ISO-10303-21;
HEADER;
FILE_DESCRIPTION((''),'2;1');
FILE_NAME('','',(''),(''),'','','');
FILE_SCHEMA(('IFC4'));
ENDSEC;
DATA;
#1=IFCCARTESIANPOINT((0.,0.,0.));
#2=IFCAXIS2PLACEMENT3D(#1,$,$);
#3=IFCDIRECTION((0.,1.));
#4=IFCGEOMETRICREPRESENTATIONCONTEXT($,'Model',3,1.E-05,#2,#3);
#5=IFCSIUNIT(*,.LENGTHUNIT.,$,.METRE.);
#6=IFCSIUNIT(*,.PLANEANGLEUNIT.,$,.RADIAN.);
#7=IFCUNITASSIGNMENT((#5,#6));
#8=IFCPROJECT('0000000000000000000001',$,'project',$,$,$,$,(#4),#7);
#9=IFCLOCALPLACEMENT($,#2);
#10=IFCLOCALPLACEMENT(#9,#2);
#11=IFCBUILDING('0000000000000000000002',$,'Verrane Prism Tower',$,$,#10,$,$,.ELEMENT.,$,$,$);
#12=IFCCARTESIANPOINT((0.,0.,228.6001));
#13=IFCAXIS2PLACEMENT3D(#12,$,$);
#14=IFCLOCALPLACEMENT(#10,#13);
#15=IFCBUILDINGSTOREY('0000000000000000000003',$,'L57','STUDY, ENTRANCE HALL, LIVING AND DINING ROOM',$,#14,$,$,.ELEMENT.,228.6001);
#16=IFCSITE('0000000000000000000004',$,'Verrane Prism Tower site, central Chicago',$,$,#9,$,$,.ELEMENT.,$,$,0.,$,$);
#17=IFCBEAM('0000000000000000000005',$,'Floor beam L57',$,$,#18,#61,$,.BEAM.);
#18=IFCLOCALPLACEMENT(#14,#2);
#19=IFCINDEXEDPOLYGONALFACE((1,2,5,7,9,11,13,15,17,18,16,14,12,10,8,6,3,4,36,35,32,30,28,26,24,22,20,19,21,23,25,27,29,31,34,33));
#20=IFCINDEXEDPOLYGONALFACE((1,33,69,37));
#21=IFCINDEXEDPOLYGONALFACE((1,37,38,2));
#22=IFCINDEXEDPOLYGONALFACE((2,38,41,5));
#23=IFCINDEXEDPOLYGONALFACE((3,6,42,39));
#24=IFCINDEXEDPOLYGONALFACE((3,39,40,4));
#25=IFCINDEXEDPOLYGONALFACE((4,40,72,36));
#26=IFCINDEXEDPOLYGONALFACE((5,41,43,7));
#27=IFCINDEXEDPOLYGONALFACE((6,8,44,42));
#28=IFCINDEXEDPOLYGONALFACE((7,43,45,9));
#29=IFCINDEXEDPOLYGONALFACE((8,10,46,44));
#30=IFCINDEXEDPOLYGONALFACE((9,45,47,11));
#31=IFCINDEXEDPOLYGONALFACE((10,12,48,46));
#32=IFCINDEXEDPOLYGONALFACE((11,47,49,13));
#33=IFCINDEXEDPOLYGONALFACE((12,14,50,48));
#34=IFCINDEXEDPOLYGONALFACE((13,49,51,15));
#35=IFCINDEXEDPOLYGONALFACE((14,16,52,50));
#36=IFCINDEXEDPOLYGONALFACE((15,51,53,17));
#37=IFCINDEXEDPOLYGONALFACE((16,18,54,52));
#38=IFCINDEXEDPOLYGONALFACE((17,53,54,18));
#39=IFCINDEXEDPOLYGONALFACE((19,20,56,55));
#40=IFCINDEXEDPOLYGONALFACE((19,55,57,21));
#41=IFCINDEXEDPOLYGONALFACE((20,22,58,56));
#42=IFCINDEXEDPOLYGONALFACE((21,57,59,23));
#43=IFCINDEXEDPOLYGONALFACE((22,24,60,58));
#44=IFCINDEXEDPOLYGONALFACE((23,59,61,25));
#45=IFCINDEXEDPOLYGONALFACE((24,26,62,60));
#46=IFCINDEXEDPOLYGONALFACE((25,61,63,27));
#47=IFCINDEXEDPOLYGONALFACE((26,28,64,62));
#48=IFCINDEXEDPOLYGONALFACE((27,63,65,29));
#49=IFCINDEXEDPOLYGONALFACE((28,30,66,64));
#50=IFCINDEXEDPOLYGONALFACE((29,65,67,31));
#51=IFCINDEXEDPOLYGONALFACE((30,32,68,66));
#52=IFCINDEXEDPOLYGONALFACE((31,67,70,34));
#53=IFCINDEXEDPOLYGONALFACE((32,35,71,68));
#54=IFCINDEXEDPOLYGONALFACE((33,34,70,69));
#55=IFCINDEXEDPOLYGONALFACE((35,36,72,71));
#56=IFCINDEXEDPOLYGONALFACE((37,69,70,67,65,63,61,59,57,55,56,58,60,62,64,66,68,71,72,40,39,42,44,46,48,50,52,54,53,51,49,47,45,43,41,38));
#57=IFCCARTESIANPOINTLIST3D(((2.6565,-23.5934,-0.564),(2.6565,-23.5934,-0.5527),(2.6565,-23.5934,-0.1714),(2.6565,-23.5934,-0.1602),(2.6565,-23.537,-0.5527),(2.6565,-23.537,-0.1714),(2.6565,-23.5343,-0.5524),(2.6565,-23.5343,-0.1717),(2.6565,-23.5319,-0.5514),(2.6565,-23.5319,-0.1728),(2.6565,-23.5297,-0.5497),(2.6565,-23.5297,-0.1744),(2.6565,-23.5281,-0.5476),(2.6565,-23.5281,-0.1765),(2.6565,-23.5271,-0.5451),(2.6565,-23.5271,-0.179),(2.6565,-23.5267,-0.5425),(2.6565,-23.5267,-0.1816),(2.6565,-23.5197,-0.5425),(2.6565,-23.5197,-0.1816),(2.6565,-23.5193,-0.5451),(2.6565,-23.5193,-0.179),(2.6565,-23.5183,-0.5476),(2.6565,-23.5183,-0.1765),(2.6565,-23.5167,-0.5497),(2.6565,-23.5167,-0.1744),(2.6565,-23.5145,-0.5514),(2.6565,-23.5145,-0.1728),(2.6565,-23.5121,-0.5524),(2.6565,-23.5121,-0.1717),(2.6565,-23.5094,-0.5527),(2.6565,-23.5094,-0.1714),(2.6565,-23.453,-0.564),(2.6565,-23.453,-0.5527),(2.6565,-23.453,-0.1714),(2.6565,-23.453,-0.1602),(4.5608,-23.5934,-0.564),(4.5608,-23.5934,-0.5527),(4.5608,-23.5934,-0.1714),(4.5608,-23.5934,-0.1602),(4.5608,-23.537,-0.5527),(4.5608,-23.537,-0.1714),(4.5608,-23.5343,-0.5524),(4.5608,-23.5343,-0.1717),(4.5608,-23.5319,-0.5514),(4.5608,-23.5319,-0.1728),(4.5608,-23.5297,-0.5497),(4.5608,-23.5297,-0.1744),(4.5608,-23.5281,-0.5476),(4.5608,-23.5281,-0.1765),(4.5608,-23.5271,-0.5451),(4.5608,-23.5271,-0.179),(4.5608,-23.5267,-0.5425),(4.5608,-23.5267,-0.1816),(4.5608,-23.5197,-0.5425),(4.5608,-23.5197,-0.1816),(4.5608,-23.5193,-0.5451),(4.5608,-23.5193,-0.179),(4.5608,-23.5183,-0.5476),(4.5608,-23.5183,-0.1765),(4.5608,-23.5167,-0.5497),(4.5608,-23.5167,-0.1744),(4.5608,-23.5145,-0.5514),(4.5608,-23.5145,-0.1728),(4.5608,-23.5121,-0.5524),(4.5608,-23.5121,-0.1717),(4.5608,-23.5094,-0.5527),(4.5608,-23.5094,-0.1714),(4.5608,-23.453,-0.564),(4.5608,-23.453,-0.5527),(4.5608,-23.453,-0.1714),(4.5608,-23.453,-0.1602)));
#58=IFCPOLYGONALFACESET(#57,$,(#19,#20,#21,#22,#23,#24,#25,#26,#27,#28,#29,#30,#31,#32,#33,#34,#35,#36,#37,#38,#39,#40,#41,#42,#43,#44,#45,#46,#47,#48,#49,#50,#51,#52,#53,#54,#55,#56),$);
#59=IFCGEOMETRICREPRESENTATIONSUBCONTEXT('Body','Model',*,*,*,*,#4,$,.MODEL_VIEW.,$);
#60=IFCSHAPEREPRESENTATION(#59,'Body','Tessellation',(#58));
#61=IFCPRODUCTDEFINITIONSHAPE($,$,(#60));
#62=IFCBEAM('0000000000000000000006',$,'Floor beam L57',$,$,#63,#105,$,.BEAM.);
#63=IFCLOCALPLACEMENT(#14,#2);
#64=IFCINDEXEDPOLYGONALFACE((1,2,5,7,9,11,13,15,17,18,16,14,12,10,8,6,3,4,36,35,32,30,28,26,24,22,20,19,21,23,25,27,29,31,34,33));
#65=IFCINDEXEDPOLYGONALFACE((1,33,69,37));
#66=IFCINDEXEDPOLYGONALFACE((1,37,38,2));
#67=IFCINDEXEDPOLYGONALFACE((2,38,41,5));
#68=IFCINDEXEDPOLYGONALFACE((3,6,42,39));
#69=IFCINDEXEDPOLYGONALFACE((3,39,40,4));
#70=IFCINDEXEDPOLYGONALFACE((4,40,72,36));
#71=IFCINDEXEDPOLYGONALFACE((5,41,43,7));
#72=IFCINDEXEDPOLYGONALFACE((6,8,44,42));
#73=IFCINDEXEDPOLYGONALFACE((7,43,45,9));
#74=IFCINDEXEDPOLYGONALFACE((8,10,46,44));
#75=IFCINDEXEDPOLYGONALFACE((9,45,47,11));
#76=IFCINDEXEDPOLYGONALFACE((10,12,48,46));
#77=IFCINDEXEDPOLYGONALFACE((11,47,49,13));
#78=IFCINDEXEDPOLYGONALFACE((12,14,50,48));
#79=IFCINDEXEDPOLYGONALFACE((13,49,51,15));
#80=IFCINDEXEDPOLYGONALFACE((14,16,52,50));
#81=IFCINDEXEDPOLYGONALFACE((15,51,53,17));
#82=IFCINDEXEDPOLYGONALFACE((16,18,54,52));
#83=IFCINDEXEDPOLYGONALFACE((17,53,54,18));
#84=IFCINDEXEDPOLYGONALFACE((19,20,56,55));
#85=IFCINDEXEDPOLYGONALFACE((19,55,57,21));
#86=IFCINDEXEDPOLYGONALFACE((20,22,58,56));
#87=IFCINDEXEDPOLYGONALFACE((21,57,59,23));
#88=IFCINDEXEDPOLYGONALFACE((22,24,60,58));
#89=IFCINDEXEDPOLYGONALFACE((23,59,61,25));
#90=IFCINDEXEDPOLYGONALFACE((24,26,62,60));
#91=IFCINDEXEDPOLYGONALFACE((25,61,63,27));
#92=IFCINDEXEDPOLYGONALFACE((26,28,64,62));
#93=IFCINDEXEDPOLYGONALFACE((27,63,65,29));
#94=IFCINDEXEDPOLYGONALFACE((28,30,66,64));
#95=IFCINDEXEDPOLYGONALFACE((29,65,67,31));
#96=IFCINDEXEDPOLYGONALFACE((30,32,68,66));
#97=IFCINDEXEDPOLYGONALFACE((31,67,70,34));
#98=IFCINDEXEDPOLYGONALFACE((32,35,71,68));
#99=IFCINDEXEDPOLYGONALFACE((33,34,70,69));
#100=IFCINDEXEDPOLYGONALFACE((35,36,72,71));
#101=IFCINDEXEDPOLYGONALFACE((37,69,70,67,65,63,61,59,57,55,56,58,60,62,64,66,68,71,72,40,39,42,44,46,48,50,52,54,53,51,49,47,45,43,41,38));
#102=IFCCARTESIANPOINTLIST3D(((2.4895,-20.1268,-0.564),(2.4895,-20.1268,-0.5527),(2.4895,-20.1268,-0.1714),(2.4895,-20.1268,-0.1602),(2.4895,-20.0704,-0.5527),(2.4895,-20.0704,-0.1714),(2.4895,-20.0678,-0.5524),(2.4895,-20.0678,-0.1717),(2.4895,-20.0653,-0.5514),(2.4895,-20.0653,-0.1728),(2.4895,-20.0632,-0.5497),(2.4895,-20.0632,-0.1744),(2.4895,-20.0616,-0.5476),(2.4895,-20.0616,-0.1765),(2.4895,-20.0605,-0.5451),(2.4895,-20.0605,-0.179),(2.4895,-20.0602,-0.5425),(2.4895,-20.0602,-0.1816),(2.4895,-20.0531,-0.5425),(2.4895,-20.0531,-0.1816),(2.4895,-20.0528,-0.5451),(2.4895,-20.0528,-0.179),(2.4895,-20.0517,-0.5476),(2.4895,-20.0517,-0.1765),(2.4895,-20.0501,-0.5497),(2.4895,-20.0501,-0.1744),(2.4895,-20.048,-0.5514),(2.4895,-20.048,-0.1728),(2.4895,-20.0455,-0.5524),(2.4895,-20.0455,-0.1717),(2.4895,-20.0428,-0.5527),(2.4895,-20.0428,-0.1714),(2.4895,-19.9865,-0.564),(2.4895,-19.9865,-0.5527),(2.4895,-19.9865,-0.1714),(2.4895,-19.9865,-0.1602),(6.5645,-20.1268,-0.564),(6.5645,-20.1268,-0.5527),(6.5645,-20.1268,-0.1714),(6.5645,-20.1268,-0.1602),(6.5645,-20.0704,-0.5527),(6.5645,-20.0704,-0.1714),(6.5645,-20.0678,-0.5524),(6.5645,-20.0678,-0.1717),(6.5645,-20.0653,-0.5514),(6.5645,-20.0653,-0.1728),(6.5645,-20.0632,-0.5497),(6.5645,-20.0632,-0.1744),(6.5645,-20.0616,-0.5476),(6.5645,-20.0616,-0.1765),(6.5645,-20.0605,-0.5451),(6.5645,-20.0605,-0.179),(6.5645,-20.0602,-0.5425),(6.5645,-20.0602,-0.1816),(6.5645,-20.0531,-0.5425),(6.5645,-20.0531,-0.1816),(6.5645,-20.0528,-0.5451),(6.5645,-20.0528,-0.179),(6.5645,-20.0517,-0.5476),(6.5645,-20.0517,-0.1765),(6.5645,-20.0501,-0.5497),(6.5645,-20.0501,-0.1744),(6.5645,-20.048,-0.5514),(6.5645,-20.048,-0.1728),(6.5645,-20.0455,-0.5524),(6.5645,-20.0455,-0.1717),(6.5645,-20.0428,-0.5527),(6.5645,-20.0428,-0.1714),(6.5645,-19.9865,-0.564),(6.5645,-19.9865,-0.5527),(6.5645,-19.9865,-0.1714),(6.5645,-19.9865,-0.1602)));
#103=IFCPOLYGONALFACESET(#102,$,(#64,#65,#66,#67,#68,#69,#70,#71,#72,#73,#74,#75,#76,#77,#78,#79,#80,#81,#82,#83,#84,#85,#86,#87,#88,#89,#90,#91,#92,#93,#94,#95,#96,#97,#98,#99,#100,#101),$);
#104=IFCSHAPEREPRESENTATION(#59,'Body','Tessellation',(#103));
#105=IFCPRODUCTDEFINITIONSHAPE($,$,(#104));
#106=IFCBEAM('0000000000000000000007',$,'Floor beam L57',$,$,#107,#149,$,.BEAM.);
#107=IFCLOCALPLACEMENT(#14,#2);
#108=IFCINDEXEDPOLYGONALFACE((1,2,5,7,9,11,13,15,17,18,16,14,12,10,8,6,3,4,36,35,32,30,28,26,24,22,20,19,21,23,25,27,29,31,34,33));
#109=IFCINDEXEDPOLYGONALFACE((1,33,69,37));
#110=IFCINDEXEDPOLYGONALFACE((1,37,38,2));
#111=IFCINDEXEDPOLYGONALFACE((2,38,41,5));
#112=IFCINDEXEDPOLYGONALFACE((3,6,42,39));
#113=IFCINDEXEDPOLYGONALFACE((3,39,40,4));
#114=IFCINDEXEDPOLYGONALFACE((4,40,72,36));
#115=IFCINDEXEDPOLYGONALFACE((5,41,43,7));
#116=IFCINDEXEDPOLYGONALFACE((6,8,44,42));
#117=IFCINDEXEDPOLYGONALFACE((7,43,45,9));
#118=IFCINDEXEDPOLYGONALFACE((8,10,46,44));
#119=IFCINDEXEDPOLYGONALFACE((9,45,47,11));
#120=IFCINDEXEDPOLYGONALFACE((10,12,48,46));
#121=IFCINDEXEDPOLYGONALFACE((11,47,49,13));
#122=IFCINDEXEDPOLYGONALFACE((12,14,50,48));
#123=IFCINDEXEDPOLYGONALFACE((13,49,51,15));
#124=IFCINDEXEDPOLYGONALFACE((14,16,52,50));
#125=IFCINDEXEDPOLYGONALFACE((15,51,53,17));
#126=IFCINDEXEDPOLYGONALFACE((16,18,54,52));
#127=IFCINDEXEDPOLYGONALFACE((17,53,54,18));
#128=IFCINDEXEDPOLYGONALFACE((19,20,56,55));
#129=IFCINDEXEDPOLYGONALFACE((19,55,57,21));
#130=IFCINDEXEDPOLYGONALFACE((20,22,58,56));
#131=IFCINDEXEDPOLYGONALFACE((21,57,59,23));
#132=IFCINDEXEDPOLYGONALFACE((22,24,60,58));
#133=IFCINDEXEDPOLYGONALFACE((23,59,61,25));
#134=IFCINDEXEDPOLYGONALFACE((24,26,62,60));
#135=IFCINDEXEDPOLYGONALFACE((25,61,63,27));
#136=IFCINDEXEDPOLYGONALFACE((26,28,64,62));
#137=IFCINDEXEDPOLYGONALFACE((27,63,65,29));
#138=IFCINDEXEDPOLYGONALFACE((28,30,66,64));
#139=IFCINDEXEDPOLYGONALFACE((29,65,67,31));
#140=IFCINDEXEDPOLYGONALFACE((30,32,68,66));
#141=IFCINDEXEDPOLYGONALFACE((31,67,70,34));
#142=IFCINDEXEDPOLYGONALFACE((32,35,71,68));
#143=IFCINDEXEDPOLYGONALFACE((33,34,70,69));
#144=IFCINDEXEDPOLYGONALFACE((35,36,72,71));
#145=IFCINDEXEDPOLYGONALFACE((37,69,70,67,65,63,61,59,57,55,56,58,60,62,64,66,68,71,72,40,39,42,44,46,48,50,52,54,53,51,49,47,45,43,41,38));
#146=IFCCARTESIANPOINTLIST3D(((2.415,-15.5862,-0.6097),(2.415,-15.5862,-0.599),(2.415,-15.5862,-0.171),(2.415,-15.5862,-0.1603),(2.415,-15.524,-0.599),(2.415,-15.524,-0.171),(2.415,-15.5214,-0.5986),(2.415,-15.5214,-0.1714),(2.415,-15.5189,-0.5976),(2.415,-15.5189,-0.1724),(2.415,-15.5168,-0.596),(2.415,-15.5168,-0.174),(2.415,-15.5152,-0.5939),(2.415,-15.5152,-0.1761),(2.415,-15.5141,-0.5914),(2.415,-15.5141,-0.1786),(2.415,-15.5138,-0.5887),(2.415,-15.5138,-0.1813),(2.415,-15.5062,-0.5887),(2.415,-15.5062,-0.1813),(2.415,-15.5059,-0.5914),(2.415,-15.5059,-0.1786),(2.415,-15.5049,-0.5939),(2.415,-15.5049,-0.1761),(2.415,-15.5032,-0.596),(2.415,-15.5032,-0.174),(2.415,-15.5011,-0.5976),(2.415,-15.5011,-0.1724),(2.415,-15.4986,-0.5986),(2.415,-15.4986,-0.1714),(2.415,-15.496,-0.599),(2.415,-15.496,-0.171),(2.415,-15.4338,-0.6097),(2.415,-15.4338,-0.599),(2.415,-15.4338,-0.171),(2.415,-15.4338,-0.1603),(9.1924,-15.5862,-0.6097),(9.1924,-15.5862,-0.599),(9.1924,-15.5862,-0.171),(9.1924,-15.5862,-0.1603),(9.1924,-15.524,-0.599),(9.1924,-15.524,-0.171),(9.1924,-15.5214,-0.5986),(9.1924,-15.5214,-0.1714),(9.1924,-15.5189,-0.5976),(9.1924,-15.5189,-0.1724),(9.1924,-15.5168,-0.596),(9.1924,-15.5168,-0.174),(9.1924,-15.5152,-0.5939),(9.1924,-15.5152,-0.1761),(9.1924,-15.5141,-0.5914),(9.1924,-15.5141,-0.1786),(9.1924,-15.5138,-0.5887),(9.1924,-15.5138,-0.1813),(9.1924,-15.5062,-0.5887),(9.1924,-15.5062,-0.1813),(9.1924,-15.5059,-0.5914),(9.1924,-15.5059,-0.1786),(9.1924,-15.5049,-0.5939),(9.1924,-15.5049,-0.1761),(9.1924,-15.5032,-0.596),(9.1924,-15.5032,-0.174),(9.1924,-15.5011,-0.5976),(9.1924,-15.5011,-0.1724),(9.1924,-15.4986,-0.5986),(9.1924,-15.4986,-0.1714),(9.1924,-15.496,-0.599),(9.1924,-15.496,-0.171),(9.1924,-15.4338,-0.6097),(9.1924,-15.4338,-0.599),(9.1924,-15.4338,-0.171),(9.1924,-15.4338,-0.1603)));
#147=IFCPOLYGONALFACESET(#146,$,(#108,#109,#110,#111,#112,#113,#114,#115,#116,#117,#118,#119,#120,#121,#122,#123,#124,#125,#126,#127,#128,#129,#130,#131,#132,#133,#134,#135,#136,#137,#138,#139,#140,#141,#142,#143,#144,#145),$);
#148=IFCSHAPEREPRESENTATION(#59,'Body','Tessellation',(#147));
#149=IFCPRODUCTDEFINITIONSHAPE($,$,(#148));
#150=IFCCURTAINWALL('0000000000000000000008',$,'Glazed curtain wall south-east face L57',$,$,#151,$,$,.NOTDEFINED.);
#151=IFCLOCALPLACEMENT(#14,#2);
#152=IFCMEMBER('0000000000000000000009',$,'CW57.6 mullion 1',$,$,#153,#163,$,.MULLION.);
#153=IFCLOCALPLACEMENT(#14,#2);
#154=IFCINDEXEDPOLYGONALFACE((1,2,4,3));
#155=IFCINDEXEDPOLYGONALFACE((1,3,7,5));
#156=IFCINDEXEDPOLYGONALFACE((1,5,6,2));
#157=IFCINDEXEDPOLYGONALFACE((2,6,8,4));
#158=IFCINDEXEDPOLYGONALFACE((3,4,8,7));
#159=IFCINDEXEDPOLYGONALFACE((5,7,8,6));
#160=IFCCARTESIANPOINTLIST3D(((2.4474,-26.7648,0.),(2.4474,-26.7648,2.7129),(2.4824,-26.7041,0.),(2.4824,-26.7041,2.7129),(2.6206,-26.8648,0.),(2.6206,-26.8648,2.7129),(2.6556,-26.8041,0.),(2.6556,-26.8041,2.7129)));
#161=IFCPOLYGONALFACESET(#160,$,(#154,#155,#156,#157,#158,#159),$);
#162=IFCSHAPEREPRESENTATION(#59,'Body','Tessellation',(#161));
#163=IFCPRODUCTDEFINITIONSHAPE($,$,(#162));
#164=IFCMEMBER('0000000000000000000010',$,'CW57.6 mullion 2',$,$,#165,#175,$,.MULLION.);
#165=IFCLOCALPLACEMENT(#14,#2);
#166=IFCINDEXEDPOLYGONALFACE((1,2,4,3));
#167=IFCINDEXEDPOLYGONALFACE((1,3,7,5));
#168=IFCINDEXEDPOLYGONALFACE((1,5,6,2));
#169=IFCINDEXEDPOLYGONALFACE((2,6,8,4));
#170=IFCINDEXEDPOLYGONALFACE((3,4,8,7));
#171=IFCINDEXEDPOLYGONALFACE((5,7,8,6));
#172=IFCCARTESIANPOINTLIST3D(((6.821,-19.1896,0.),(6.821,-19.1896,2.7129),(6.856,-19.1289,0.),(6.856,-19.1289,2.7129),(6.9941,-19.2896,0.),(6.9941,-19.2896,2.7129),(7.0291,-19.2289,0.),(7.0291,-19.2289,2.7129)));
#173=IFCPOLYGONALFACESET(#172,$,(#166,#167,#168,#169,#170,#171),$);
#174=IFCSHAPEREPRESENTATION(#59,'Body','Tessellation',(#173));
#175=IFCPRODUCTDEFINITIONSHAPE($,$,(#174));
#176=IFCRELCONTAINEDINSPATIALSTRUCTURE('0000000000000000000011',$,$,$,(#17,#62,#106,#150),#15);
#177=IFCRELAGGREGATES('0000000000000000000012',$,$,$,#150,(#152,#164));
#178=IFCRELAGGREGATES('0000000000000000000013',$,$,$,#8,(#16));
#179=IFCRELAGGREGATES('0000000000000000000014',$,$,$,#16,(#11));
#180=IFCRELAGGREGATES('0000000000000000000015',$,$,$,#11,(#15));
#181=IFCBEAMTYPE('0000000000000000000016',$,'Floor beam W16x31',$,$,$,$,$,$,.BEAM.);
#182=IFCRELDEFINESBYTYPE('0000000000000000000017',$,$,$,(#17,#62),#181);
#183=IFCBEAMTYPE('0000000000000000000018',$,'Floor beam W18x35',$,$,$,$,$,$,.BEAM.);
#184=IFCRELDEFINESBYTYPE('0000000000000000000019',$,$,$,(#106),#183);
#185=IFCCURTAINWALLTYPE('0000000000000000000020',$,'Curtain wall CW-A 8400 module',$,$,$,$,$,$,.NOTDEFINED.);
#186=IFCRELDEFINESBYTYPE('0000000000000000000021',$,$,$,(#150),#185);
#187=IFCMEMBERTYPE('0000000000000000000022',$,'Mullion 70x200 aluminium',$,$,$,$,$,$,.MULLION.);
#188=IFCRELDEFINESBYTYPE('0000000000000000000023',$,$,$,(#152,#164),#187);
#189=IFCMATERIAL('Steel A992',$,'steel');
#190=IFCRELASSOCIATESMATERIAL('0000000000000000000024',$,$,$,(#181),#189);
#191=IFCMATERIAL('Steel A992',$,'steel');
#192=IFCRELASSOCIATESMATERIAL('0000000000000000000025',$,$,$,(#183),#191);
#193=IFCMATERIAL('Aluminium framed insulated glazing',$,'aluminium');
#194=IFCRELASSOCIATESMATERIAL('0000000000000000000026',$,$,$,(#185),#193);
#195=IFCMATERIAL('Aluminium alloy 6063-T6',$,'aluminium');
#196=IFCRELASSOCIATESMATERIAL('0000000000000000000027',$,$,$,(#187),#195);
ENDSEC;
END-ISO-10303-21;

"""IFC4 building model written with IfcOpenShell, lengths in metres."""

from ifc_helpers import new_model, si_unit, direction, frame, origin, origin_2d, place, context, subcontext, project, spatial, rectangle, i_section, extrude, material, material_profile, profile_set, type_object, element, aggregate, save


model = new_model("IFC4")

# Units and contexts
model_context = context("Model", 3, precision=1e-05, world=origin(), true_north=direction((0.0, 1.0)))
body_context = subcontext(model_context, "Body", "Model", "MODEL_VIEW")
ifc_project = project(units=[si_unit("LENGTHUNIT", "METRE"), si_unit("PLANEANGLEUNIT", "RADIAN")], contexts=[model_context])

# Site, building, storey
site_placement = place(None, origin())
site = spatial("IfcSite", under=ifc_project, at=site_placement, Name="Verrane Prism Tower site, central Chicago", CompositionType="ELEMENT", RefElevation=0.0)
building_placement = place(site_placement, origin())
building = spatial("IfcBuilding", under=site, at=building_placement, Name="Verrane Prism Tower", CompositionType="ELEMENT")
storey_placement = place(building_placement, frame((0.0, 0.0, 228.6001)))
storey = spatial("IfcBuildingStorey", under=building, at=storey_placement, Name="L57", Description="STUDY, ENTRANCE HALL, LIVING AND DINING ROOM", CompositionType="ELEMENT", Elevation=228.6001)

# Beams
ifc_material_1 = material(Name="Steel A992", Category="steel")
ifc_material_profile_1 = material_profile(ifc_material_1, i_section(OverallWidth=0.1404, OverallDepth=0.4038, WebThickness=0.0071, FlangeThickness=0.0112, FilletRadius=0.0103, at=origin_2d()), Name="W16x31")
ifc_profile_set_1 = profile_set([ifc_material_profile_1], Name="Steel A992")
beam_type_1 = type_object("IfcBeamType", Name="Floor beam W16x31", PredefinedType="BEAM", material=ifc_profile_set_1)
beam_1_placement = place(storey_placement, frame((2.6565, -23.5232, -0.3621), z_axis=(1.0, 0.0, 0.0), x_axis=(0.0, 1.0, 0.0)))
element("IfcBeam", 1, at=beam_1_placement, inside=storey, type_object=beam_type_1, Name="Floor beam L57", PredefinedType="BEAM", context=body_context, shape_type="SweptSolid", body=[
    extrude(i_section(OverallWidth=0.1404, OverallDepth=0.4038, WebThickness=0.0071, FlangeThickness=0.0112, FilletRadius=0.0103, at=origin_2d()), origin(), (0.0, 0.0, 1.0), 1.9043),
])
beam_2_placement = place(storey_placement, frame((2.4895, -20.0566, -0.3621), z_axis=(1.0, 0.0, 0.0), x_axis=(0.0, 1.0, 0.0)))
element("IfcBeam", 2, at=beam_2_placement, inside=storey, type_object=beam_type_1, Name="Floor beam L57", PredefinedType="BEAM", context=body_context, shape_type="SweptSolid", body=[
    extrude(i_section(OverallWidth=0.1404, OverallDepth=0.4038, WebThickness=0.0071, FlangeThickness=0.0112, FilletRadius=0.0103, at=origin_2d()), origin(), (0.0, 0.0, 1.0), 4.075),
])
ifc_material_2 = material(Name="Steel A992", Category="steel")
ifc_material_profile_2 = material_profile(ifc_material_2, i_section(OverallWidth=0.1523, OverallDepth=0.4495, WebThickness=0.0076, FlangeThickness=0.0107, FilletRadius=0.0103, at=origin_2d()), Name="W18x35")
ifc_profile_set_2 = profile_set([ifc_material_profile_2], Name="Steel A992")
beam_type_2 = type_object("IfcBeamType", Name="Floor beam W18x35", PredefinedType="BEAM", material=ifc_profile_set_2)
beam_3_placement = place(storey_placement, frame((2.415, -15.51, -0.385), z_axis=(1.0, 0.0, 0.0), x_axis=(0.0, 1.0, 0.0)))
element("IfcBeam", 3, at=beam_3_placement, inside=storey, type_object=beam_type_2, Name="Floor beam L57", PredefinedType="BEAM", context=body_context, shape_type="SweptSolid", body=[
    extrude(i_section(OverallWidth=0.1523, OverallDepth=0.4495, WebThickness=0.0076, FlangeThickness=0.0107, FilletRadius=0.0103, at=origin_2d()), origin(), (0.0, 0.0, 1.0), 6.7773),
])

# Curtain wall, members
ifc_material_3 = material(Name="Aluminium framed insulated glazing", Category="aluminium")
curtain_wall_type = type_object("IfcCurtainWallType", Name="Curtain wall CW-A 8400 module", PredefinedType="NOTDEFINED", material=ifc_material_3)
curtain_wall_1_placement = place(storey_placement, origin())
curtain_wall_1 = element("IfcCurtainWall", 4, at=curtain_wall_1_placement, inside=storey, type_object=curtain_wall_type, Name="Glazed curtain wall south-east face L57", PredefinedType="NOTDEFINED")
ifc_material_4 = material(Name="Aluminium alloy 6063-T6", Category="aluminium")
ifc_material_profile_3 = material_profile(ifc_material_4, rectangle(XDim=0.2, YDim=0.0701, at=origin_2d()), Name="Mullion 70x200 aluminium")
ifc_profile_set_3 = profile_set([ifc_material_profile_3], Name="Aluminium alloy 6063-T6")
member_type_1 = type_object("IfcMemberType", Name="Mullion 70x200 aluminium", PredefinedType="MULLION", material=ifc_profile_set_3)
member_1_placement = place(storey_placement, frame((2.5515, -26.7844, 0.0), z_axis=(0.0, 0.0, 1.0), x_axis=(-0.866025, 0.500001, 0.0)))
member_1 = element("IfcMember", 5, at=member_1_placement, type_object=member_type_1, Name="CW57.6 mullion 1", PredefinedType="MULLION", context=body_context, shape_type="SweptSolid", body=[
    extrude(rectangle(XDim=0.2, YDim=0.0701, at=origin_2d()), origin(), (0.0, 0.0, 1.0), 2.7129),
])
member_2_placement = place(storey_placement, frame((6.925, -19.2092, 0.0), z_axis=(0.0, 0.0, 1.0), x_axis=(-0.866025, 0.500001, 0.0)))
member_2 = element("IfcMember", 6, at=member_2_placement, type_object=member_type_1, Name="CW57.6 mullion 2", PredefinedType="MULLION", context=body_context, shape_type="SweptSolid", body=[
    extrude(rectangle(XDim=0.2, YDim=0.0701, at=origin_2d()), origin(), (0.0, 0.0, 1.0), 2.7129),
])

aggregate(curtain_wall_1, [member_1, member_2])

save(model, "model.ifc")
